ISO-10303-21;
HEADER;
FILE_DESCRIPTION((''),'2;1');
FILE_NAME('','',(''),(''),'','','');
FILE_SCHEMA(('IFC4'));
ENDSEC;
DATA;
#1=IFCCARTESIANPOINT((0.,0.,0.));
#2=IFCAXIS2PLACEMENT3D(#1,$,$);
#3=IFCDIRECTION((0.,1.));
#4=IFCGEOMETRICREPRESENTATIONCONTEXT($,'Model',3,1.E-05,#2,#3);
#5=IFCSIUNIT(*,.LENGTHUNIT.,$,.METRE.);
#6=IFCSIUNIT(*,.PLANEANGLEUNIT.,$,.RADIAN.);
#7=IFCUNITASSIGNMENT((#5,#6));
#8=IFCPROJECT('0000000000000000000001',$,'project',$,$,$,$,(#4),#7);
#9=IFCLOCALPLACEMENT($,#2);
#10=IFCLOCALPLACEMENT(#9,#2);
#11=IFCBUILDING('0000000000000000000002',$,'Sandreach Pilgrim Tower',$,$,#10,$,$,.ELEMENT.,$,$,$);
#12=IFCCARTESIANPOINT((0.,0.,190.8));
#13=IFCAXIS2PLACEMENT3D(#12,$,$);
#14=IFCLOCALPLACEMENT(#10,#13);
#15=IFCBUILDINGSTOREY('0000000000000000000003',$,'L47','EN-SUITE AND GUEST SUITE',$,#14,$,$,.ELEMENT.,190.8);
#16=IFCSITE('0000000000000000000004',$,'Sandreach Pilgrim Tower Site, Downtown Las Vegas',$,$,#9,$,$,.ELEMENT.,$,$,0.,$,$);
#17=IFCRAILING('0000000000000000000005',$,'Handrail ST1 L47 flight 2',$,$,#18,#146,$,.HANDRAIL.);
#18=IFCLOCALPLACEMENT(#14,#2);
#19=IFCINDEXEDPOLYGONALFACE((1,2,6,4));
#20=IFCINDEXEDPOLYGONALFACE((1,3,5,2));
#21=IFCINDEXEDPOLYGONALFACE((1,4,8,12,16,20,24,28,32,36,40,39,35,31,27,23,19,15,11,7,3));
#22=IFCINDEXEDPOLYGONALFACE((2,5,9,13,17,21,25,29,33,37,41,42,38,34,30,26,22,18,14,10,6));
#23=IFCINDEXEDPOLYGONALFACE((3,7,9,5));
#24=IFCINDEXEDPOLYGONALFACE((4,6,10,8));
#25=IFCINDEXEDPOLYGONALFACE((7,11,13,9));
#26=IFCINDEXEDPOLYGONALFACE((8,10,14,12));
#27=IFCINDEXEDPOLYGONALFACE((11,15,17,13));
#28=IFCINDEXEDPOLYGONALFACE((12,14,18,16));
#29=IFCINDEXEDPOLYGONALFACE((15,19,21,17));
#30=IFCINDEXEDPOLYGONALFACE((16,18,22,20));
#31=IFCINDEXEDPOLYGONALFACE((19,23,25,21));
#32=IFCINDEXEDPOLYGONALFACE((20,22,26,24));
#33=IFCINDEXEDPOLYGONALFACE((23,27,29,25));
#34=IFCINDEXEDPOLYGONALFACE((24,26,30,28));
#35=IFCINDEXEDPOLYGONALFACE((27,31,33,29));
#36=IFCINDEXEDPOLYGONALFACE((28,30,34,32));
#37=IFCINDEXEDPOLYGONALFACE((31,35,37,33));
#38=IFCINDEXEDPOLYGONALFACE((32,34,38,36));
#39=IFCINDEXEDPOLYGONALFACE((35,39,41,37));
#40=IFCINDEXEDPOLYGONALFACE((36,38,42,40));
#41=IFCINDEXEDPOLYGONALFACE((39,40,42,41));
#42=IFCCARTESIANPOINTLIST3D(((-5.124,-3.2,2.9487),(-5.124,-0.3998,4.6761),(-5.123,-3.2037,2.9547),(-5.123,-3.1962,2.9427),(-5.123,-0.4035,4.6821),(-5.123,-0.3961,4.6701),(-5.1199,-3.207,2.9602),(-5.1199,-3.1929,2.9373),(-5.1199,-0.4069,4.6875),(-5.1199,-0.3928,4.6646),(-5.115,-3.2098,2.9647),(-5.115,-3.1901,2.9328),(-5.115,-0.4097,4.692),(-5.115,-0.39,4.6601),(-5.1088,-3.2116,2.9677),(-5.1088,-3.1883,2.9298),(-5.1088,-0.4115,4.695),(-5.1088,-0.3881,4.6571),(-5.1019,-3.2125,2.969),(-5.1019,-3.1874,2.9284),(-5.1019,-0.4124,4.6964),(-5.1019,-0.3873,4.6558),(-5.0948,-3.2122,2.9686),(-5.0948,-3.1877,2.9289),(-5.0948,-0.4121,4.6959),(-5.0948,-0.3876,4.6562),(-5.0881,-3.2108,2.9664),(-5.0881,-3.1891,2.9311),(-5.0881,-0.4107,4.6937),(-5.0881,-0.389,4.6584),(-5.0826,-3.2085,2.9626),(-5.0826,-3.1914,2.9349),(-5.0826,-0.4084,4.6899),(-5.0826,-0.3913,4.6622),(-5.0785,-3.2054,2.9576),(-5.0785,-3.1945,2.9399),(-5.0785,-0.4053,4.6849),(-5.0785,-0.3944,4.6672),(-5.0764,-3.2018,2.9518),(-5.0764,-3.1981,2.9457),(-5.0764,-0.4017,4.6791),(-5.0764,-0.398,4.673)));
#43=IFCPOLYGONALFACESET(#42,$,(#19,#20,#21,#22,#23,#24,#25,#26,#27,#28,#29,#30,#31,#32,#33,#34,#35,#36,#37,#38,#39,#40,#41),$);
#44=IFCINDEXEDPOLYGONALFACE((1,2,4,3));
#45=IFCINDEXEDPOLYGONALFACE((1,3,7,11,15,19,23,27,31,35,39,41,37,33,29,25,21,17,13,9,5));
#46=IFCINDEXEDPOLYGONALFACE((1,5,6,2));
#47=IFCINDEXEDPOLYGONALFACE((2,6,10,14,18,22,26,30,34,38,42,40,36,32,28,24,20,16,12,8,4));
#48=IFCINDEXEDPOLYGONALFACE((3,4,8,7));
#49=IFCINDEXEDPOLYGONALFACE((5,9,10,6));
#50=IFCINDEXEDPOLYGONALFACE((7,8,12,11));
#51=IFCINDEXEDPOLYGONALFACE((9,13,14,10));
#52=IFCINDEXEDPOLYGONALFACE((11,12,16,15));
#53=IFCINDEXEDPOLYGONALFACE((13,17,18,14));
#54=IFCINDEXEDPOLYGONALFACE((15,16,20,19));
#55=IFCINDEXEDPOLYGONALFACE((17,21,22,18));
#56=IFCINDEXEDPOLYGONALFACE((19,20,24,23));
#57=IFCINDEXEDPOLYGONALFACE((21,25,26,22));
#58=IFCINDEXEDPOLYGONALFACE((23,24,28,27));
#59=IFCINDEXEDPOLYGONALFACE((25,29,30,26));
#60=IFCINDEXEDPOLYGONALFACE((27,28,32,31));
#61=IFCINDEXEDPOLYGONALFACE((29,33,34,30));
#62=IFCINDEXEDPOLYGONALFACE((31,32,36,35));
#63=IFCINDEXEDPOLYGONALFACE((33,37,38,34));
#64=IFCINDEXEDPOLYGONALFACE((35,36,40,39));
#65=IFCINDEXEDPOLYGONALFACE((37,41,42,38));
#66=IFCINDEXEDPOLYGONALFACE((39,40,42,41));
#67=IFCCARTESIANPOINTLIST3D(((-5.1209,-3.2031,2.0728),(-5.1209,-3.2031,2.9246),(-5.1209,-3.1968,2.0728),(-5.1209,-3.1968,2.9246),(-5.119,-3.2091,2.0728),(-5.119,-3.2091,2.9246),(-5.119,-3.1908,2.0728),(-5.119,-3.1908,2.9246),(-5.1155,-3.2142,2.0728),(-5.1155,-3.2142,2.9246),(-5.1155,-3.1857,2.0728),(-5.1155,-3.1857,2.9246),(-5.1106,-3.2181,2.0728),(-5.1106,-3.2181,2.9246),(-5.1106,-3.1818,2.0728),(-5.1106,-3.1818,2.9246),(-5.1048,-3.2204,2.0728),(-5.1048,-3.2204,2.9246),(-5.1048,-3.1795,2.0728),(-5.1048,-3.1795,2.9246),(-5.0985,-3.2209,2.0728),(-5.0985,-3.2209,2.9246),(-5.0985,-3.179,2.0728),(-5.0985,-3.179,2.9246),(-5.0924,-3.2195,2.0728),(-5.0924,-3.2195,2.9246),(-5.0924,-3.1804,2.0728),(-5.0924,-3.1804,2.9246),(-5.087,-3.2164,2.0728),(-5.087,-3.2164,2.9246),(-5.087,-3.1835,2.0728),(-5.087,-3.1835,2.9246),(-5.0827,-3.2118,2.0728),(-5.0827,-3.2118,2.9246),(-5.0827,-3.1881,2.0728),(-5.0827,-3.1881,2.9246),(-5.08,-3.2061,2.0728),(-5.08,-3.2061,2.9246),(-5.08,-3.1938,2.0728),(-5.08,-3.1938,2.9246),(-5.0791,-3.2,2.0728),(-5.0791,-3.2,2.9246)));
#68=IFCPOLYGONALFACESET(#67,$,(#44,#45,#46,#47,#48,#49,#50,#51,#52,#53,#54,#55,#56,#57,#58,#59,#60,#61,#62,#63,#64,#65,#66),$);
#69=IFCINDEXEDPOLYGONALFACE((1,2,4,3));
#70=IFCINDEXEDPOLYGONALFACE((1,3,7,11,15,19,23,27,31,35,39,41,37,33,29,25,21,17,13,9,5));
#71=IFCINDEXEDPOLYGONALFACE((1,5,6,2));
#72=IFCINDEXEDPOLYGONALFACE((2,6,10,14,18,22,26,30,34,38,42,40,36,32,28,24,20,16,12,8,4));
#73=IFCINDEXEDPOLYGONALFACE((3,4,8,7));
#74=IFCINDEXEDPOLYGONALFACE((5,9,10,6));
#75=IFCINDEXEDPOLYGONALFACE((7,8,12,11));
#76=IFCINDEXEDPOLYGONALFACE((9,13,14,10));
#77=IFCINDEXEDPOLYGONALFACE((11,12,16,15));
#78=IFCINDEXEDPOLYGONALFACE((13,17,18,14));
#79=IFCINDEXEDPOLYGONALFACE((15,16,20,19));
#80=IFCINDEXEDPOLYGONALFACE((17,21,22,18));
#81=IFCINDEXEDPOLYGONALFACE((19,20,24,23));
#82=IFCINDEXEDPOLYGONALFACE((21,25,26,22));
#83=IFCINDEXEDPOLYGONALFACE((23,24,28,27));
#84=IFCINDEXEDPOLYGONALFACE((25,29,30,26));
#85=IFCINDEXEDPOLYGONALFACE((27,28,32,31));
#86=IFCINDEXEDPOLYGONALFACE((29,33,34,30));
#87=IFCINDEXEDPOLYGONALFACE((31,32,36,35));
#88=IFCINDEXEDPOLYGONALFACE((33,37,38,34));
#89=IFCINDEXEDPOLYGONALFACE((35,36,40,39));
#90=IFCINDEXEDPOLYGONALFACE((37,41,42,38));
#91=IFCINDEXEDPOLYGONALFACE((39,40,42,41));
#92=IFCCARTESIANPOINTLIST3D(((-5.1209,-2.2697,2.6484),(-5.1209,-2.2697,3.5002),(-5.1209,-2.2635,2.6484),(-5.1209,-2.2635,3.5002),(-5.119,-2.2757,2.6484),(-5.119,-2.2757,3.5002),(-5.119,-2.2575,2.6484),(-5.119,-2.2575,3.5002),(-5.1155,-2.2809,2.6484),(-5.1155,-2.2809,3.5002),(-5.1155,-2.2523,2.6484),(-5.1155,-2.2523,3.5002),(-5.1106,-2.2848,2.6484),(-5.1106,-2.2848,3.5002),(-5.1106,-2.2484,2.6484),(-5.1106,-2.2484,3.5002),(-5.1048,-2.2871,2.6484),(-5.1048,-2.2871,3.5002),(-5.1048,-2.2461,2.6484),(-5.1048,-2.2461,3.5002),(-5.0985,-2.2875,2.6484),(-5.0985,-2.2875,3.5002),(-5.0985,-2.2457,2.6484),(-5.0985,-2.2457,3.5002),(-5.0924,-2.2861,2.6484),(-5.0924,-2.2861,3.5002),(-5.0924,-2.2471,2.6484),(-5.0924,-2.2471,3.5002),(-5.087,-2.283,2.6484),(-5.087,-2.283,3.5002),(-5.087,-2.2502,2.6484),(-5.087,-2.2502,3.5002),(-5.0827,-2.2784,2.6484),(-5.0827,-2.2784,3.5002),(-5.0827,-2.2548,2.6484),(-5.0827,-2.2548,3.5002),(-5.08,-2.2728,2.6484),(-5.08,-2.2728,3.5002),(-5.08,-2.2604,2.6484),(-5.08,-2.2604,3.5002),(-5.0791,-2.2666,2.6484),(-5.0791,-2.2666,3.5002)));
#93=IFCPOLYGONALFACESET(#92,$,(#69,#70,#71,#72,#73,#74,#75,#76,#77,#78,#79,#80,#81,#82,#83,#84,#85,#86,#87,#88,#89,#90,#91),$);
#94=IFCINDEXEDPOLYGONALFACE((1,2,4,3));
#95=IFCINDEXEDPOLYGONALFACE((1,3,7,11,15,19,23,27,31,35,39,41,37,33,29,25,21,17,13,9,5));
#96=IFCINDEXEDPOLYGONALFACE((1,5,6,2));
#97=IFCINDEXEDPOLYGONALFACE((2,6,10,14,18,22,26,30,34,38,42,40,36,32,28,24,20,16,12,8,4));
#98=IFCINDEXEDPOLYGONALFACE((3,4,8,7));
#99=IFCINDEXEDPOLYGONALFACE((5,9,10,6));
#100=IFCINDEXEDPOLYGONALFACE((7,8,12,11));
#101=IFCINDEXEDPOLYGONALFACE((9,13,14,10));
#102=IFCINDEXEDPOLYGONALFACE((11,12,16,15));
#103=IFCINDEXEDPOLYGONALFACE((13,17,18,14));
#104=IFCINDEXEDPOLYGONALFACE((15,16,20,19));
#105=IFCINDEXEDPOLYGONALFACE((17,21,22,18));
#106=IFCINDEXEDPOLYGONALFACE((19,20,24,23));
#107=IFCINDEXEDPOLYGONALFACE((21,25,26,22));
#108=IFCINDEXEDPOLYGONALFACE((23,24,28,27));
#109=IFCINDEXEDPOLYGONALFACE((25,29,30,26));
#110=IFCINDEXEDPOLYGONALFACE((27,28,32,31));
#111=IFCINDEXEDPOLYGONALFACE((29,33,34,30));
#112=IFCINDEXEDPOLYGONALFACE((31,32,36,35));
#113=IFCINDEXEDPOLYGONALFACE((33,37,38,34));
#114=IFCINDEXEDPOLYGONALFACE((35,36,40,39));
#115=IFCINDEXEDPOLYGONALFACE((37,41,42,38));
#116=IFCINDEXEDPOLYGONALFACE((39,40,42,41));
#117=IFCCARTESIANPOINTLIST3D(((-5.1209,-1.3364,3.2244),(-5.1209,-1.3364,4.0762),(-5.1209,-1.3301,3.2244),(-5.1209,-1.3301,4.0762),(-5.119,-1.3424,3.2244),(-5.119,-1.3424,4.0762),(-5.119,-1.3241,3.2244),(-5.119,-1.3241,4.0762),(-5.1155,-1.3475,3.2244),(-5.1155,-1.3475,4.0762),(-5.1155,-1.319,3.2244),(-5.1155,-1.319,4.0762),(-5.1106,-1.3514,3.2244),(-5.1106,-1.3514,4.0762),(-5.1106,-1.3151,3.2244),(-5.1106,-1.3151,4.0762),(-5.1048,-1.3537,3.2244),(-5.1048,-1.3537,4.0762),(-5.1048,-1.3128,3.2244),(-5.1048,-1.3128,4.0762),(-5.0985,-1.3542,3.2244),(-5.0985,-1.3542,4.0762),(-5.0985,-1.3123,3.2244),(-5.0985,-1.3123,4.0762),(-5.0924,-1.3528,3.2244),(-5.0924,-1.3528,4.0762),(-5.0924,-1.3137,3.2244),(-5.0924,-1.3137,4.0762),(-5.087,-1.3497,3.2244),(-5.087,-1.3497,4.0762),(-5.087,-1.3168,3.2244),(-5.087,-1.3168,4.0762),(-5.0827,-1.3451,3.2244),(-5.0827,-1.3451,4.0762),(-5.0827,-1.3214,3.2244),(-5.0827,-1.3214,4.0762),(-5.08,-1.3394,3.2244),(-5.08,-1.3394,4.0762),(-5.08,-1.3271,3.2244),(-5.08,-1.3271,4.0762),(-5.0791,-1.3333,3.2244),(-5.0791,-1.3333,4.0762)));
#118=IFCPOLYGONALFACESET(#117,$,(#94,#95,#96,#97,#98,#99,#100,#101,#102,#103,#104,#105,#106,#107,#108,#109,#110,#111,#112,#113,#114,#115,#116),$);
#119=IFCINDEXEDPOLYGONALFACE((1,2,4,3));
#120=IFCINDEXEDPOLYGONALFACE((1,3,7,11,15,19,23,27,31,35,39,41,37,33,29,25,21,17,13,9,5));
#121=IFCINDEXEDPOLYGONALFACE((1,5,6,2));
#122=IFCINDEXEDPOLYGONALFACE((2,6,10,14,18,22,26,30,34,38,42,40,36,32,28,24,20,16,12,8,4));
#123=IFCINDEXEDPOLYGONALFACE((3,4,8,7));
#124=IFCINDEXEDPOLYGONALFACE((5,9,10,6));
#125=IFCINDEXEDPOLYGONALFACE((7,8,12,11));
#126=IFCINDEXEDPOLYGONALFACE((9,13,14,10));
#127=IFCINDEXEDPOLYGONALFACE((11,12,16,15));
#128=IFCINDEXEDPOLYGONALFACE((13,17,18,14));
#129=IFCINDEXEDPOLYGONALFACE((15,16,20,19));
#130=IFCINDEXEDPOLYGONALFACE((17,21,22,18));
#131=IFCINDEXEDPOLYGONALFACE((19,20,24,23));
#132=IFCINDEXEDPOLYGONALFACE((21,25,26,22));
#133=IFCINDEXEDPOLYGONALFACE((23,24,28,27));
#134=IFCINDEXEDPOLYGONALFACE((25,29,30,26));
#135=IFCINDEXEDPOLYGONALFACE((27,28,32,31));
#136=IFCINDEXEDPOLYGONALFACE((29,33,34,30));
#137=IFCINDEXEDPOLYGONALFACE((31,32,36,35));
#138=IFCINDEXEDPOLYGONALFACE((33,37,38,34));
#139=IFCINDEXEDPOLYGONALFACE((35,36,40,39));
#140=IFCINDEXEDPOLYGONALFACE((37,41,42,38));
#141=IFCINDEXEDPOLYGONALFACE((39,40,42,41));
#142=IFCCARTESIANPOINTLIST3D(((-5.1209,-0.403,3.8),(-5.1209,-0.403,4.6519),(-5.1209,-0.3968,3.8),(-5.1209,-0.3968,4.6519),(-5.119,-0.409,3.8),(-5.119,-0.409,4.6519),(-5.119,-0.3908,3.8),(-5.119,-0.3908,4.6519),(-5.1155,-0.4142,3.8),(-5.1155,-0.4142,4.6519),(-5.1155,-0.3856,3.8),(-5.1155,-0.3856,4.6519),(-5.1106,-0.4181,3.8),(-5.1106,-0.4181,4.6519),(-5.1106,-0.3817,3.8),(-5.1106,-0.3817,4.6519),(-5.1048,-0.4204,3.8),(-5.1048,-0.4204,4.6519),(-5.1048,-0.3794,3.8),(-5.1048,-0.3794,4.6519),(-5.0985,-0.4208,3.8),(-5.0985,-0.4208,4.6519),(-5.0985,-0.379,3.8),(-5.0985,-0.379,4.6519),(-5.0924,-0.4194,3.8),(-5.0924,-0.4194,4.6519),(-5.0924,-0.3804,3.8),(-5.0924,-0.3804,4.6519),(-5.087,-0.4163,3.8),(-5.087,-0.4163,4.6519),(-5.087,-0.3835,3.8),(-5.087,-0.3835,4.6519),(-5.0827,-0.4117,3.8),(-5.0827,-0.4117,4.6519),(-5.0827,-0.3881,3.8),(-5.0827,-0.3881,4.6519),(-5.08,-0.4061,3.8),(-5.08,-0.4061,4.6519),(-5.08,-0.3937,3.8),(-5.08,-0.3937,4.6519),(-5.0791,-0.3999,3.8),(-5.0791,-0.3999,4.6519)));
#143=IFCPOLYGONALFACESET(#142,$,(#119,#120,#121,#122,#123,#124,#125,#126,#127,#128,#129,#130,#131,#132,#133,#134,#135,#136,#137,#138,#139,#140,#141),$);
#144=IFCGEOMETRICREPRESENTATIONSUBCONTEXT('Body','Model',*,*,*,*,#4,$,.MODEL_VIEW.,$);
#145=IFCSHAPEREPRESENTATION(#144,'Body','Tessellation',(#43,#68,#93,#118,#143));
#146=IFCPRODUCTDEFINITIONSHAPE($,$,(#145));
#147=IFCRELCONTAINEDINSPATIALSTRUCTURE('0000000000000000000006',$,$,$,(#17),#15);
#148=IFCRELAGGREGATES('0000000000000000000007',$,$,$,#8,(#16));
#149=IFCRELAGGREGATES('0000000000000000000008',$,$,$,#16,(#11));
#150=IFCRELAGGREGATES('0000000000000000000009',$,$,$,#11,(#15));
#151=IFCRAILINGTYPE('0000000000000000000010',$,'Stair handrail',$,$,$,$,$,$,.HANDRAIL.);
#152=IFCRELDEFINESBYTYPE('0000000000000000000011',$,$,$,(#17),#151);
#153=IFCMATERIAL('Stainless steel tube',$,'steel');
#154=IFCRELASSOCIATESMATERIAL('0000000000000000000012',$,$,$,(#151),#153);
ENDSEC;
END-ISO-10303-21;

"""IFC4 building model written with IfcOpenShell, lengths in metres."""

from ifc_helpers import new_model, si_unit, direction, frame, origin, origin_2d, place, context, subcontext, project, spatial, circle, extrude, material, type_object, element, save


model = new_model("IFC4")

# Units and contexts
model_context = context("Model", 3, precision=1e-05, world=origin(), true_north=direction((0.0, 1.0)))
body_context = subcontext(model_context, "Body", "Model", "MODEL_VIEW")
ifc_project = project(units=[si_unit("LENGTHUNIT", "METRE"), si_unit("PLANEANGLEUNIT", "RADIAN")], contexts=[model_context])

# Site, building, storey
site_placement = place(None, origin())
site = spatial("IfcSite", under=ifc_project, at=site_placement, Name="Sandreach Pilgrim Tower Site, Downtown Las Vegas", CompositionType="ELEMENT", RefElevation=0.0)
building_placement = place(site_placement, origin())
building = spatial("IfcBuilding", under=site, at=building_placement, Name="Sandreach Pilgrim Tower", CompositionType="ELEMENT")
storey_placement = place(building_placement, frame((0.0, 0.0, 190.8)))
storey = spatial("IfcBuildingStorey", under=building, at=storey_placement, Name="L47", Description="EN-SUITE AND GUEST SUITE", CompositionType="ELEMENT", Elevation=190.8)

# Railing
ifc_material_1 = material(Name="Stainless steel tube", Category="steel")
railing_type = type_object("IfcRailingType", Name="Stair handrail", PredefinedType="HANDRAIL", material=ifc_material_1)
for number, where, name in (
    (1, (-5.1001, -3.2, 2.0728), "Handrail ST1 L47 flight 2"),
):
    element("IfcRailing", number, at=place(storey_placement, frame(where)), inside=storey, type_object=railing_type, Name=name, PredefinedType="HANDRAIL", context=body_context, shape_type="SweptSolid", body=[
        extrude(circle(Radius=0.0239, at=origin_2d()), frame((0.0, 0.0, 0.876), z_axis=(0.0, 0.85109, 0.52502), x_axis=(-1.0, 0.0, 0.0)), (0.0, 0.0, 1.0), 3.29),
        extrude(circle(Radius=0.021, at=origin_2d()), origin(), (0.0, 0.0, 1.0), 0.8518),
        extrude(circle(Radius=0.021, at=origin_2d()), frame((0.0, 0.9333, 0.5757)), (0.0, 0.0, 1.0), 0.8518),
        extrude(circle(Radius=0.021, at=origin_2d()), frame((0.0, 1.8667, 1.1516)), (0.0, 0.0, 1.0), 0.8518),
        extrude(circle(Radius=0.021, at=origin_2d()), frame((0.0, 2.8, 1.7273)), (0.0, 0.0, 1.0), 0.8518),
    ])

save(model, "model.ifc")
